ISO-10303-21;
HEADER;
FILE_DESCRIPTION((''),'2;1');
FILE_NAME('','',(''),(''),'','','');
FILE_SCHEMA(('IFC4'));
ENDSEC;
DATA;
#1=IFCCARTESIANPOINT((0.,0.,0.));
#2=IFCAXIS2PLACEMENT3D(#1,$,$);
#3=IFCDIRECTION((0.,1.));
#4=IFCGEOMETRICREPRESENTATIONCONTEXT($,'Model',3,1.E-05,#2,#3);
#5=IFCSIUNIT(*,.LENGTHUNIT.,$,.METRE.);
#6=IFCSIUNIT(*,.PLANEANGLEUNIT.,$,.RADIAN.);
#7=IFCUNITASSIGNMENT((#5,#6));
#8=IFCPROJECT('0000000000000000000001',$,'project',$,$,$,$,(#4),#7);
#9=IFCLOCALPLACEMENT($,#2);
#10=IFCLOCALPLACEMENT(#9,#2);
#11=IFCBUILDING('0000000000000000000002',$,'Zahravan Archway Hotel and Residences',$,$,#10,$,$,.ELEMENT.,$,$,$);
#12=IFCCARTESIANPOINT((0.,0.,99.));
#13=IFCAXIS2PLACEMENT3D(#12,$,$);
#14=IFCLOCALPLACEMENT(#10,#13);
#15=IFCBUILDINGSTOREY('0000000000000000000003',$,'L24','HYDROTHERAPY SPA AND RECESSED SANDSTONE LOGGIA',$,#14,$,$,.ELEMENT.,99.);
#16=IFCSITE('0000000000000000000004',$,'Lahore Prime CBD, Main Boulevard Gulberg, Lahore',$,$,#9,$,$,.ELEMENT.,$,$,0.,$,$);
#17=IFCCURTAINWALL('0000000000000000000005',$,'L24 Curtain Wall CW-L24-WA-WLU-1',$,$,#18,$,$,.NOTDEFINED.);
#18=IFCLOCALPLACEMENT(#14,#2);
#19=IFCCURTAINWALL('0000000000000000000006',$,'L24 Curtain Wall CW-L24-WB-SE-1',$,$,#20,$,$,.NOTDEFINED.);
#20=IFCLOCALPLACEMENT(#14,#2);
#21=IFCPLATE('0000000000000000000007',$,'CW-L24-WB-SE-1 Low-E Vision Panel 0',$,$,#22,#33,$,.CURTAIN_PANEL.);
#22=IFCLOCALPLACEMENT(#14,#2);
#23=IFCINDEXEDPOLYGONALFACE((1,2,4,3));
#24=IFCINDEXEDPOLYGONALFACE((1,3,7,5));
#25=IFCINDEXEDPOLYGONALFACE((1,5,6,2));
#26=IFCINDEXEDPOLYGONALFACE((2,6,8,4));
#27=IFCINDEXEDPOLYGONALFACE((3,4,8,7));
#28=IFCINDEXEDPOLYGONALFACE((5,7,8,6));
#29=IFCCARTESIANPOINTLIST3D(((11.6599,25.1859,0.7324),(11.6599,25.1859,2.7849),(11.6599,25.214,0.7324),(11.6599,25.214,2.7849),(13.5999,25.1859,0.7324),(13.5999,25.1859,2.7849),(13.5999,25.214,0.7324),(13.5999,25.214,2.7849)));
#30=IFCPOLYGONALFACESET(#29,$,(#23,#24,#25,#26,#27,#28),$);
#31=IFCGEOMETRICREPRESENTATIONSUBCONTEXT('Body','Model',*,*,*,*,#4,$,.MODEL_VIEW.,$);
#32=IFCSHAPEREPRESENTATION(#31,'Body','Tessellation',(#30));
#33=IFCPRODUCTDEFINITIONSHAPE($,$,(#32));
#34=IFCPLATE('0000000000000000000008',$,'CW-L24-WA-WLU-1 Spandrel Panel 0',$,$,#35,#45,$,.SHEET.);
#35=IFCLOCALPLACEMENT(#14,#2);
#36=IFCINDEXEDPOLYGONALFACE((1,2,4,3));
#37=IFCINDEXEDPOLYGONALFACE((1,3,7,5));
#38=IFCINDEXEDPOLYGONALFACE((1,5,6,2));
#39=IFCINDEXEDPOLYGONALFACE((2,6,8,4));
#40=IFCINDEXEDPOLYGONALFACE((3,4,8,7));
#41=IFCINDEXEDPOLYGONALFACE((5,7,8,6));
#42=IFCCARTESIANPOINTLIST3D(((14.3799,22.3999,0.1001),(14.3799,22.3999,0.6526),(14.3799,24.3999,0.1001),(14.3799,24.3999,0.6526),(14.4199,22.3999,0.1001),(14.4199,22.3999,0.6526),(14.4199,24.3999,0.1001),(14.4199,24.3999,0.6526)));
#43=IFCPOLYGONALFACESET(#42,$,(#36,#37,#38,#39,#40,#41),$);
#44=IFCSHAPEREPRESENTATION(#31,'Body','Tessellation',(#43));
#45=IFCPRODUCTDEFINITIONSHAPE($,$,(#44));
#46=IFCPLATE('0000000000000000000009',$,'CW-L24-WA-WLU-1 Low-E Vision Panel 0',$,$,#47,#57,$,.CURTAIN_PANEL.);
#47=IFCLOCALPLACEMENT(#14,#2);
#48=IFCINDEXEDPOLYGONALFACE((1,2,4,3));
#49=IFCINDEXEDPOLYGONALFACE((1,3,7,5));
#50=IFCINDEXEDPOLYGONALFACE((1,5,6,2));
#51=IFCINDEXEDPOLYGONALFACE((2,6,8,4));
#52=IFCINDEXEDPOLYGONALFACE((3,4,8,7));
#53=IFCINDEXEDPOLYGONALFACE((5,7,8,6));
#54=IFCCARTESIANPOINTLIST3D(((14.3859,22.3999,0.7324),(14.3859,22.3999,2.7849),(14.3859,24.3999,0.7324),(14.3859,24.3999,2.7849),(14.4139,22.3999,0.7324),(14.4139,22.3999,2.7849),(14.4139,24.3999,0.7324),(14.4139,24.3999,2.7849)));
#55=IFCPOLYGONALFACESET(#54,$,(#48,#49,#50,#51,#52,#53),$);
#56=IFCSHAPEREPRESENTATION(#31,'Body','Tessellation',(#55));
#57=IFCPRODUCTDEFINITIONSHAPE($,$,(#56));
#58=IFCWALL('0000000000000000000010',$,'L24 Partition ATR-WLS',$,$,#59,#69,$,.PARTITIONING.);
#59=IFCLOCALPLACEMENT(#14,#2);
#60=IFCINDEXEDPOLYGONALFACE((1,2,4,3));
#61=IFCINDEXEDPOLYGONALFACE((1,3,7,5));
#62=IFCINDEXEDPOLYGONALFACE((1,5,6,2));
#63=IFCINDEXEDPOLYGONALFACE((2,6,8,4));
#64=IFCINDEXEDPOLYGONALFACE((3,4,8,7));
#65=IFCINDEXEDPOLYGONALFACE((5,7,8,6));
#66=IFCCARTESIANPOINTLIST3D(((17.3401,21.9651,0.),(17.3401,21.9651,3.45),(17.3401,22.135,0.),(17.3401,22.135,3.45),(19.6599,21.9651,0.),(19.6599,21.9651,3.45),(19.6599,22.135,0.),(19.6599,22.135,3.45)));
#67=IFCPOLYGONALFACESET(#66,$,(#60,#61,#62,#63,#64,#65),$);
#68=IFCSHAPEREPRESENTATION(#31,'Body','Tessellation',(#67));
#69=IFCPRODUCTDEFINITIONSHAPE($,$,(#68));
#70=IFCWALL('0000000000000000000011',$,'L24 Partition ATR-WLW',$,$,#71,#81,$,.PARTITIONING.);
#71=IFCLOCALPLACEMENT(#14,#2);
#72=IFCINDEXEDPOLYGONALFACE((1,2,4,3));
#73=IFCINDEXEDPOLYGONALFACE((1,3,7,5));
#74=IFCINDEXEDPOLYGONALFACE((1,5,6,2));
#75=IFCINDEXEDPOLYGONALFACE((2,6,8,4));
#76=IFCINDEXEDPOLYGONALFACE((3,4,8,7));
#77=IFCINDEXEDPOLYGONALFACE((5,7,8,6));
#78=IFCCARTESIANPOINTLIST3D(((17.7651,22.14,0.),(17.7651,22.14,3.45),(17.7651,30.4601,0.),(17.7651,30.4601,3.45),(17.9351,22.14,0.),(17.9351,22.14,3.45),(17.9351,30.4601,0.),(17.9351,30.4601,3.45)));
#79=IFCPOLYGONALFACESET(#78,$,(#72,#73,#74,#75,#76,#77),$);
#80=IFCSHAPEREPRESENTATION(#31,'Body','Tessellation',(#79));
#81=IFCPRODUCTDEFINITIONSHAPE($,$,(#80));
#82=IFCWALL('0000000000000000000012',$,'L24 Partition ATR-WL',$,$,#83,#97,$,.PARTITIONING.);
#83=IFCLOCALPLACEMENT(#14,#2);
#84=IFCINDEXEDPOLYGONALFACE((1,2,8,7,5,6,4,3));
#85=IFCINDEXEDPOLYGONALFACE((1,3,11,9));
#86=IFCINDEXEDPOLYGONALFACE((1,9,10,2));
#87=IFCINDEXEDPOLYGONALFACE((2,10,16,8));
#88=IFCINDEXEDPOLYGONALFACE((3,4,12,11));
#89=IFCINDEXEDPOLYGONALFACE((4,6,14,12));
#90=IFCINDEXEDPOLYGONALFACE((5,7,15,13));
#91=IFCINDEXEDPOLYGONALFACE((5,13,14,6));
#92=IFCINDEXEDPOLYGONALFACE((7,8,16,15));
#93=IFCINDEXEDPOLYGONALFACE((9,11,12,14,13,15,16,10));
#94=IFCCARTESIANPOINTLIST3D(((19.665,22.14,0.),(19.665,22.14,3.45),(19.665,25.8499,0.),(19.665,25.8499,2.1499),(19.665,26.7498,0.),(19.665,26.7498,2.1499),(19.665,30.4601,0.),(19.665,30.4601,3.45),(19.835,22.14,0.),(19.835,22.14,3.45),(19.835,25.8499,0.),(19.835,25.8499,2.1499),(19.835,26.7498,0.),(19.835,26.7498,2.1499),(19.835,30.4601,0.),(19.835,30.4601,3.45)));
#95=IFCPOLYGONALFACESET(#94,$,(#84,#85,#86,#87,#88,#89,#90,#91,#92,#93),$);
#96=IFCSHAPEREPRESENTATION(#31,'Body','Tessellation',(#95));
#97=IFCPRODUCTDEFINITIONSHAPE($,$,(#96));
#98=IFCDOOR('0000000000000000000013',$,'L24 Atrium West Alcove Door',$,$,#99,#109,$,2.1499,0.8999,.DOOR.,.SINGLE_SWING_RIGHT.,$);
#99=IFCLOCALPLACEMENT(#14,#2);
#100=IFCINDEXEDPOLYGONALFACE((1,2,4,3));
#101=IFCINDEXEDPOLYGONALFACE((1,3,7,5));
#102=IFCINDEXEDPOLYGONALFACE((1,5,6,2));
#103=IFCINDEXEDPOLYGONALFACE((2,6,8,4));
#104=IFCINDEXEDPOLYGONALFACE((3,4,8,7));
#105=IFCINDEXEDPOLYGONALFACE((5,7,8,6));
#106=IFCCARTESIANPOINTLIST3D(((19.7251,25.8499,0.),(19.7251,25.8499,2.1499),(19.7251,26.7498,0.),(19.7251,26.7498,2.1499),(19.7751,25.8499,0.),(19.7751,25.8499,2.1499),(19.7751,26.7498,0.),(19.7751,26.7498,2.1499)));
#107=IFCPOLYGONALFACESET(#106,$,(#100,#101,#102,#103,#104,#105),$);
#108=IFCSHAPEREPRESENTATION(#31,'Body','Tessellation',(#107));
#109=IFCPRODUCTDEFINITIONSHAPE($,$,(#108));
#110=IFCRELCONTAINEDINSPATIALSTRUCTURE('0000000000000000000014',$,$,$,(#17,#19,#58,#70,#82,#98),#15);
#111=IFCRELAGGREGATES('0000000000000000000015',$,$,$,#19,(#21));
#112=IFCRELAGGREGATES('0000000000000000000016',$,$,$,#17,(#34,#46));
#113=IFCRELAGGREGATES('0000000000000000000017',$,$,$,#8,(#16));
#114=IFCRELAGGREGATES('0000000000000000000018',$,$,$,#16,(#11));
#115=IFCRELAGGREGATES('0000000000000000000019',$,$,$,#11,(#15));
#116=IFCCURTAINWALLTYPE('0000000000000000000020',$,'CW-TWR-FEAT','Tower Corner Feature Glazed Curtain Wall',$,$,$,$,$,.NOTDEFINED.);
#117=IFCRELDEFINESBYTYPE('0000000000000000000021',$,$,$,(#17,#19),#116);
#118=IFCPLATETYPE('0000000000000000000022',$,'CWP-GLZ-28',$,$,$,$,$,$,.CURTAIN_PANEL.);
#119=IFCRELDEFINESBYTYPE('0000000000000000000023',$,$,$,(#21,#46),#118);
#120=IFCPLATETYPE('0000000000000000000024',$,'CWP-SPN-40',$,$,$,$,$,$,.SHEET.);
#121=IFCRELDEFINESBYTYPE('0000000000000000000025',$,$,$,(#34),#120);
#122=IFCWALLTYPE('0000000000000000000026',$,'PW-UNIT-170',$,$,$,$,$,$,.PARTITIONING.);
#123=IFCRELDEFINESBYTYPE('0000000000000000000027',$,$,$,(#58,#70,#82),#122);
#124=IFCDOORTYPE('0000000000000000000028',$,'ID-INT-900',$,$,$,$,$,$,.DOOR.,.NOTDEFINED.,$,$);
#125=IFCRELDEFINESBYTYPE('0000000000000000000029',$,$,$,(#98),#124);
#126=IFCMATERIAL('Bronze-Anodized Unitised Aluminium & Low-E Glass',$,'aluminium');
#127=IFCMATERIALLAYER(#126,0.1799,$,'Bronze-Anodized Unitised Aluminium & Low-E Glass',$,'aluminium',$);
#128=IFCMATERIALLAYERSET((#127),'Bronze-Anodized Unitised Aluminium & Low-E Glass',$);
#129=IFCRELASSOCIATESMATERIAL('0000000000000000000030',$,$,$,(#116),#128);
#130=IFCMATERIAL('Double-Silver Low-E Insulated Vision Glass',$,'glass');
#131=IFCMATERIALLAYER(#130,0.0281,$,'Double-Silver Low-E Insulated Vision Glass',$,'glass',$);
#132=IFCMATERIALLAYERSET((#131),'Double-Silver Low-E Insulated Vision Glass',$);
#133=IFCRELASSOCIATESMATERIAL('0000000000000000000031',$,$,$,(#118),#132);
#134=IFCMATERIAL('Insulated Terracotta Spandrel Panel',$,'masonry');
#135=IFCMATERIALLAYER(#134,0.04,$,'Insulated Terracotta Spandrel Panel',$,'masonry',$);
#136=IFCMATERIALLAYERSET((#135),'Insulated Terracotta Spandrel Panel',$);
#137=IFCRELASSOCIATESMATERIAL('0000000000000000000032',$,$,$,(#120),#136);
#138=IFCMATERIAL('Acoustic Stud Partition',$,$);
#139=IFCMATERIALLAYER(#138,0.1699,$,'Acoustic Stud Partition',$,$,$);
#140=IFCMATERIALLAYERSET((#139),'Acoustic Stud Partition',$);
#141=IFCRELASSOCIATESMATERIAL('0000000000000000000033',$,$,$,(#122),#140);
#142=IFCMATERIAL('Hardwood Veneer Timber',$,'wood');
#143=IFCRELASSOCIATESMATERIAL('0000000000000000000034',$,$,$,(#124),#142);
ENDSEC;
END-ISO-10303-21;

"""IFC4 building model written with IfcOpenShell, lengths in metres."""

from ifc_helpers import new_model, si_unit, direction, frame, frame_2d, origin, origin_2d, place, context, subcontext, project, spatial, rectangle, extrude, source, transform, mapped, material, layer, layer_set, type_object, type_shapes, element, fill, aggregate, save


model = new_model("IFC4")

# Units and contexts
model_context = context("Model", 3, precision=1e-05, world=origin(), true_north=direction((0.0, 1.0)))
body_context = subcontext(model_context, "Body", "Model", "MODEL_VIEW")
ifc_project = project(units=[si_unit("LENGTHUNIT", "METRE"), si_unit("PLANEANGLEUNIT", "RADIAN")], contexts=[model_context])

# Site, building, storey
site_placement = place(None, origin())
site = spatial("IfcSite", under=ifc_project, at=site_placement, Name="Lahore Prime CBD, Main Boulevard Gulberg, Lahore", CompositionType="ELEMENT", RefElevation=0.0)
building_placement = place(site_placement, origin())
building = spatial("IfcBuilding", under=site, at=building_placement, Name="Zahravan Archway Hotel and Residences", CompositionType="ELEMENT")
storey_placement = place(building_placement, frame((0.0, 0.0, 99.0)))
storey = spatial("IfcBuildingStorey", under=building, at=storey_placement, Name="L24", Description="HYDROTHERAPY SPA AND RECESSED SANDSTONE LOGGIA", CompositionType="ELEMENT", Elevation=99.0)

# Curtain wall
ifc_material_1 = material(Name="Bronze-Anodized Unitised Aluminium & Low-E Glass", Category="aluminium")
ifc_layer_1 = layer(ifc_material_1, 0.1799, Name="Bronze-Anodized Unitised Aluminium & Low-E Glass", Category="aluminium")
ifc_layer_set_1 = layer_set([ifc_layer_1], Name="Bronze-Anodized Unitised Aluminium & Low-E Glass")
curtain_wall_type = type_object("IfcCurtainWallType", Name="CW-TWR-FEAT", Description="Tower Corner Feature Glazed Curtain Wall", PredefinedType="NOTDEFINED", material=ifc_layer_set_1)
curtain_wall_1_placement = place(storey_placement, origin())
curtain_wall_1 = element("IfcCurtainWall", 1, at=curtain_wall_1_placement, inside=storey, type_object=curtain_wall_type, Name="L24 Curtain Wall CW-L24-WA-WLU-1", PredefinedType="NOTDEFINED")

# Curtain wall
curtain_wall_2_placement = place(storey_placement, origin())
curtain_wall_2 = element("IfcCurtainWall", 2, at=curtain_wall_2_placement, inside=storey, type_object=curtain_wall_type, Name="L24 Curtain Wall CW-L24-WB-SE-1", PredefinedType="NOTDEFINED")

# Plates
ifc_material_2 = material(Name="Double-Silver Low-E Insulated Vision Glass", Category="glass")
ifc_layer_2 = layer(ifc_material_2, 0.0281, Name="Double-Silver Low-E Insulated Vision Glass", Category="glass")
ifc_layer_set_2 = layer_set([ifc_layer_2], Name="Double-Silver Low-E Insulated Vision Glass")
plate_type_1 = type_object("IfcPlateType", Name="CWP-GLZ-28", PredefinedType="CURTAIN_PANEL", material=ifc_layer_set_2)
shared_shape_1 = source(origin(), body_context, "Body", "SweptSolid", [
    extrude(rectangle(XDim=1.9399, YDim=0.0281, at=origin_2d()), origin(), (0.0, 0.0, 1.0), 2.0525),
])
plate_1_placement = place(storey_placement, frame((12.6299, 25.2, 0.7324), z_axis=(0.0, 0.0, 1.0), x_axis=(1.0, 0.0, 0.0)))
plate_1 = element("IfcPlate", 3, at=plate_1_placement, type_object=plate_type_1, Name="CW-L24-WB-SE-1 Low-E Vision Panel 0", PredefinedType="CURTAIN_PANEL", context=body_context, shape_type="MappedRepresentation", body=[
    mapped(shared_shape_1, transform((0.0, 0.0, 0.0), scale=1.0)),
])
aggregate(curtain_wall_2, [plate_1])
ifc_material_3 = material(Name="Insulated Terracotta Spandrel Panel", Category="masonry")
ifc_layer_3 = layer(ifc_material_3, 0.04, Name="Insulated Terracotta Spandrel Panel", Category="masonry")
ifc_layer_set_3 = layer_set([ifc_layer_3], Name="Insulated Terracotta Spandrel Panel")
plate_type_2 = type_object("IfcPlateType", Name="CWP-SPN-40", PredefinedType="SHEET", material=ifc_layer_set_3)
shared_shape_2 = source(origin(), body_context, "Body", "SweptSolid", [
    extrude(rectangle(XDim=2.0, YDim=0.04, at=origin_2d()), origin(), (0.0, 0.0, 1.0), 0.5525),
])
plate_2_placement = place(storey_placement, frame((14.3999, 23.3999, 0.1001), z_axis=(0.0, 0.0, 1.0), x_axis=(0.0, 1.0, 0.0)))
plate_2 = element("IfcPlate", 4, at=plate_2_placement, type_object=plate_type_2, Name="CW-L24-WA-WLU-1 Spandrel Panel 0", PredefinedType="SHEET", context=body_context, shape_type="MappedRepresentation", body=[
    mapped(shared_shape_2, transform((0.0, 0.0, 0.0), scale=1.0)),
])
shared_shape_3 = source(origin(), body_context, "Body", "SweptSolid", [
    extrude(rectangle(XDim=2.0, YDim=0.0281, at=origin_2d()), origin(), (0.0, 0.0, 1.0), 2.0525),
])
plate_3_placement = place(storey_placement, frame((14.3999, 23.3999, 0.7324), z_axis=(0.0, 0.0, 1.0), x_axis=(0.0, 1.0, 0.0)))
plate_3 = element("IfcPlate", 5, at=plate_3_placement, type_object=plate_type_1, Name="CW-L24-WA-WLU-1 Low-E Vision Panel 0", PredefinedType="CURTAIN_PANEL", context=body_context, shape_type="MappedRepresentation", body=[
    mapped(shared_shape_3, transform((0.0, 0.0, 0.0), scale=1.0)),
])
aggregate(curtain_wall_1, [plate_2, plate_3])

# Walls
ifc_material_4 = material(Name="Acoustic Stud Partition")
ifc_layer_4 = layer(ifc_material_4, 0.1699, Name="Acoustic Stud Partition")
ifc_layer_set_4 = layer_set([ifc_layer_4], Name="Acoustic Stud Partition")
wall_type = type_object("IfcWallType", Name="PW-UNIT-170", PredefinedType="PARTITIONING", material=ifc_layer_set_4)
wall_1_placement = place(storey_placement, frame((17.3401, 22.05, 0.0), z_axis=(0.0, 0.0, 1.0), x_axis=(1.0, 0.0, 0.0)))
element("IfcWall", 6, at=wall_1_placement, inside=storey, type_object=wall_type, Name="L24 Partition ATR-WLS", PredefinedType="PARTITIONING", context=body_context, shape_type="SweptSolid", body=[
    extrude(rectangle(XDim=2.3198, YDim=0.1699, at=frame_2d((1.1599, 0.0))), origin(), (0.0, 0.0, 1.0), 3.45),
])
wall_2_placement = place(storey_placement, frame((17.8501, 22.1399, 0.0), z_axis=(0.0, 0.0, 1.0), x_axis=(0.0, 1.0, 0.0)))
element("IfcWall", 7, at=wall_2_placement, inside=storey, type_object=wall_type, Name="L24 Partition ATR-WLW", PredefinedType="PARTITIONING", context=body_context, shape_type="SweptSolid", body=[
    extrude(rectangle(XDim=8.3201, YDim=0.1699, at=frame_2d((4.1602, 0.0))), origin(), (0.0, 0.0, 1.0), 3.45),
])

# Wall, opening, door
wall_3_placement = place(storey_placement, frame((19.75, 22.1399, 0.0), z_axis=(0.0, 0.0, 1.0), x_axis=(0.0, 1.0, 0.0)))
wall_3 = element("IfcWall", 8, at=wall_3_placement, inside=storey, type_object=wall_type, Name="L24 Partition ATR-WL", PredefinedType="PARTITIONING", context=body_context, shape_type="SweptSolid", body=[
    extrude(rectangle(XDim=8.3201, YDim=0.1699, at=frame_2d((4.1602, 0.0))), origin(), (0.0, 0.0, 1.0), 3.45),
])
opening_placement = place(wall_3_placement, frame((3.71, 0.0, 0.0)))
opening = element("IfcOpeningElement", 9, at=opening_placement, cuts=wall_3, PredefinedType="OPENING", context=body_context, shape_type="SweptSolid", body=[
    extrude(rectangle(XDim=0.8999, YDim=2.1499, at=frame_2d((0.45, 1.075))), frame((0.0, 0.095, 0.0), z_axis=(0.0, -1.0, 0.0), x_axis=(1.0, 0.0, 0.0)), (0.0, 0.0, 1.0), 0.1899),
])
ifc_material_5 = material(Name="Hardwood Veneer Timber", Category="wood")
door_type = type_object("IfcDoorType", Name="ID-INT-900", OperationType="NOTDEFINED", PredefinedType="DOOR", material=ifc_material_5)
shared_shape_4 = source(origin(), body_context, "Body", "SweptSolid", [
    extrude(rectangle(XDim=0.8999, YDim=2.1499, at=frame_2d((0.45, 1.075))), frame((0.0, 0.0249, 0.0), z_axis=(0.0, -1.0, 0.0), x_axis=(1.0, 0.0, 0.0)), (0.0, 0.0, 1.0), 0.05),
])
type_shapes(door_type, [shared_shape_4])
door_placement = place(opening_placement, origin())
door = element("IfcDoor", 10, at=door_placement, inside=storey, type_object=door_type, Name="L24 Atrium West Alcove Door", OperationType="SINGLE_SWING_RIGHT", OverallHeight=2.1499, OverallWidth=0.8999, PredefinedType="DOOR", context=body_context, shape_type="MappedRepresentation", body=[
    mapped(shared_shape_4, transform((0.0, 0.0, 0.0), scale=1.0)),
])
fill(opening, door)

save(model, "model.ifc")
